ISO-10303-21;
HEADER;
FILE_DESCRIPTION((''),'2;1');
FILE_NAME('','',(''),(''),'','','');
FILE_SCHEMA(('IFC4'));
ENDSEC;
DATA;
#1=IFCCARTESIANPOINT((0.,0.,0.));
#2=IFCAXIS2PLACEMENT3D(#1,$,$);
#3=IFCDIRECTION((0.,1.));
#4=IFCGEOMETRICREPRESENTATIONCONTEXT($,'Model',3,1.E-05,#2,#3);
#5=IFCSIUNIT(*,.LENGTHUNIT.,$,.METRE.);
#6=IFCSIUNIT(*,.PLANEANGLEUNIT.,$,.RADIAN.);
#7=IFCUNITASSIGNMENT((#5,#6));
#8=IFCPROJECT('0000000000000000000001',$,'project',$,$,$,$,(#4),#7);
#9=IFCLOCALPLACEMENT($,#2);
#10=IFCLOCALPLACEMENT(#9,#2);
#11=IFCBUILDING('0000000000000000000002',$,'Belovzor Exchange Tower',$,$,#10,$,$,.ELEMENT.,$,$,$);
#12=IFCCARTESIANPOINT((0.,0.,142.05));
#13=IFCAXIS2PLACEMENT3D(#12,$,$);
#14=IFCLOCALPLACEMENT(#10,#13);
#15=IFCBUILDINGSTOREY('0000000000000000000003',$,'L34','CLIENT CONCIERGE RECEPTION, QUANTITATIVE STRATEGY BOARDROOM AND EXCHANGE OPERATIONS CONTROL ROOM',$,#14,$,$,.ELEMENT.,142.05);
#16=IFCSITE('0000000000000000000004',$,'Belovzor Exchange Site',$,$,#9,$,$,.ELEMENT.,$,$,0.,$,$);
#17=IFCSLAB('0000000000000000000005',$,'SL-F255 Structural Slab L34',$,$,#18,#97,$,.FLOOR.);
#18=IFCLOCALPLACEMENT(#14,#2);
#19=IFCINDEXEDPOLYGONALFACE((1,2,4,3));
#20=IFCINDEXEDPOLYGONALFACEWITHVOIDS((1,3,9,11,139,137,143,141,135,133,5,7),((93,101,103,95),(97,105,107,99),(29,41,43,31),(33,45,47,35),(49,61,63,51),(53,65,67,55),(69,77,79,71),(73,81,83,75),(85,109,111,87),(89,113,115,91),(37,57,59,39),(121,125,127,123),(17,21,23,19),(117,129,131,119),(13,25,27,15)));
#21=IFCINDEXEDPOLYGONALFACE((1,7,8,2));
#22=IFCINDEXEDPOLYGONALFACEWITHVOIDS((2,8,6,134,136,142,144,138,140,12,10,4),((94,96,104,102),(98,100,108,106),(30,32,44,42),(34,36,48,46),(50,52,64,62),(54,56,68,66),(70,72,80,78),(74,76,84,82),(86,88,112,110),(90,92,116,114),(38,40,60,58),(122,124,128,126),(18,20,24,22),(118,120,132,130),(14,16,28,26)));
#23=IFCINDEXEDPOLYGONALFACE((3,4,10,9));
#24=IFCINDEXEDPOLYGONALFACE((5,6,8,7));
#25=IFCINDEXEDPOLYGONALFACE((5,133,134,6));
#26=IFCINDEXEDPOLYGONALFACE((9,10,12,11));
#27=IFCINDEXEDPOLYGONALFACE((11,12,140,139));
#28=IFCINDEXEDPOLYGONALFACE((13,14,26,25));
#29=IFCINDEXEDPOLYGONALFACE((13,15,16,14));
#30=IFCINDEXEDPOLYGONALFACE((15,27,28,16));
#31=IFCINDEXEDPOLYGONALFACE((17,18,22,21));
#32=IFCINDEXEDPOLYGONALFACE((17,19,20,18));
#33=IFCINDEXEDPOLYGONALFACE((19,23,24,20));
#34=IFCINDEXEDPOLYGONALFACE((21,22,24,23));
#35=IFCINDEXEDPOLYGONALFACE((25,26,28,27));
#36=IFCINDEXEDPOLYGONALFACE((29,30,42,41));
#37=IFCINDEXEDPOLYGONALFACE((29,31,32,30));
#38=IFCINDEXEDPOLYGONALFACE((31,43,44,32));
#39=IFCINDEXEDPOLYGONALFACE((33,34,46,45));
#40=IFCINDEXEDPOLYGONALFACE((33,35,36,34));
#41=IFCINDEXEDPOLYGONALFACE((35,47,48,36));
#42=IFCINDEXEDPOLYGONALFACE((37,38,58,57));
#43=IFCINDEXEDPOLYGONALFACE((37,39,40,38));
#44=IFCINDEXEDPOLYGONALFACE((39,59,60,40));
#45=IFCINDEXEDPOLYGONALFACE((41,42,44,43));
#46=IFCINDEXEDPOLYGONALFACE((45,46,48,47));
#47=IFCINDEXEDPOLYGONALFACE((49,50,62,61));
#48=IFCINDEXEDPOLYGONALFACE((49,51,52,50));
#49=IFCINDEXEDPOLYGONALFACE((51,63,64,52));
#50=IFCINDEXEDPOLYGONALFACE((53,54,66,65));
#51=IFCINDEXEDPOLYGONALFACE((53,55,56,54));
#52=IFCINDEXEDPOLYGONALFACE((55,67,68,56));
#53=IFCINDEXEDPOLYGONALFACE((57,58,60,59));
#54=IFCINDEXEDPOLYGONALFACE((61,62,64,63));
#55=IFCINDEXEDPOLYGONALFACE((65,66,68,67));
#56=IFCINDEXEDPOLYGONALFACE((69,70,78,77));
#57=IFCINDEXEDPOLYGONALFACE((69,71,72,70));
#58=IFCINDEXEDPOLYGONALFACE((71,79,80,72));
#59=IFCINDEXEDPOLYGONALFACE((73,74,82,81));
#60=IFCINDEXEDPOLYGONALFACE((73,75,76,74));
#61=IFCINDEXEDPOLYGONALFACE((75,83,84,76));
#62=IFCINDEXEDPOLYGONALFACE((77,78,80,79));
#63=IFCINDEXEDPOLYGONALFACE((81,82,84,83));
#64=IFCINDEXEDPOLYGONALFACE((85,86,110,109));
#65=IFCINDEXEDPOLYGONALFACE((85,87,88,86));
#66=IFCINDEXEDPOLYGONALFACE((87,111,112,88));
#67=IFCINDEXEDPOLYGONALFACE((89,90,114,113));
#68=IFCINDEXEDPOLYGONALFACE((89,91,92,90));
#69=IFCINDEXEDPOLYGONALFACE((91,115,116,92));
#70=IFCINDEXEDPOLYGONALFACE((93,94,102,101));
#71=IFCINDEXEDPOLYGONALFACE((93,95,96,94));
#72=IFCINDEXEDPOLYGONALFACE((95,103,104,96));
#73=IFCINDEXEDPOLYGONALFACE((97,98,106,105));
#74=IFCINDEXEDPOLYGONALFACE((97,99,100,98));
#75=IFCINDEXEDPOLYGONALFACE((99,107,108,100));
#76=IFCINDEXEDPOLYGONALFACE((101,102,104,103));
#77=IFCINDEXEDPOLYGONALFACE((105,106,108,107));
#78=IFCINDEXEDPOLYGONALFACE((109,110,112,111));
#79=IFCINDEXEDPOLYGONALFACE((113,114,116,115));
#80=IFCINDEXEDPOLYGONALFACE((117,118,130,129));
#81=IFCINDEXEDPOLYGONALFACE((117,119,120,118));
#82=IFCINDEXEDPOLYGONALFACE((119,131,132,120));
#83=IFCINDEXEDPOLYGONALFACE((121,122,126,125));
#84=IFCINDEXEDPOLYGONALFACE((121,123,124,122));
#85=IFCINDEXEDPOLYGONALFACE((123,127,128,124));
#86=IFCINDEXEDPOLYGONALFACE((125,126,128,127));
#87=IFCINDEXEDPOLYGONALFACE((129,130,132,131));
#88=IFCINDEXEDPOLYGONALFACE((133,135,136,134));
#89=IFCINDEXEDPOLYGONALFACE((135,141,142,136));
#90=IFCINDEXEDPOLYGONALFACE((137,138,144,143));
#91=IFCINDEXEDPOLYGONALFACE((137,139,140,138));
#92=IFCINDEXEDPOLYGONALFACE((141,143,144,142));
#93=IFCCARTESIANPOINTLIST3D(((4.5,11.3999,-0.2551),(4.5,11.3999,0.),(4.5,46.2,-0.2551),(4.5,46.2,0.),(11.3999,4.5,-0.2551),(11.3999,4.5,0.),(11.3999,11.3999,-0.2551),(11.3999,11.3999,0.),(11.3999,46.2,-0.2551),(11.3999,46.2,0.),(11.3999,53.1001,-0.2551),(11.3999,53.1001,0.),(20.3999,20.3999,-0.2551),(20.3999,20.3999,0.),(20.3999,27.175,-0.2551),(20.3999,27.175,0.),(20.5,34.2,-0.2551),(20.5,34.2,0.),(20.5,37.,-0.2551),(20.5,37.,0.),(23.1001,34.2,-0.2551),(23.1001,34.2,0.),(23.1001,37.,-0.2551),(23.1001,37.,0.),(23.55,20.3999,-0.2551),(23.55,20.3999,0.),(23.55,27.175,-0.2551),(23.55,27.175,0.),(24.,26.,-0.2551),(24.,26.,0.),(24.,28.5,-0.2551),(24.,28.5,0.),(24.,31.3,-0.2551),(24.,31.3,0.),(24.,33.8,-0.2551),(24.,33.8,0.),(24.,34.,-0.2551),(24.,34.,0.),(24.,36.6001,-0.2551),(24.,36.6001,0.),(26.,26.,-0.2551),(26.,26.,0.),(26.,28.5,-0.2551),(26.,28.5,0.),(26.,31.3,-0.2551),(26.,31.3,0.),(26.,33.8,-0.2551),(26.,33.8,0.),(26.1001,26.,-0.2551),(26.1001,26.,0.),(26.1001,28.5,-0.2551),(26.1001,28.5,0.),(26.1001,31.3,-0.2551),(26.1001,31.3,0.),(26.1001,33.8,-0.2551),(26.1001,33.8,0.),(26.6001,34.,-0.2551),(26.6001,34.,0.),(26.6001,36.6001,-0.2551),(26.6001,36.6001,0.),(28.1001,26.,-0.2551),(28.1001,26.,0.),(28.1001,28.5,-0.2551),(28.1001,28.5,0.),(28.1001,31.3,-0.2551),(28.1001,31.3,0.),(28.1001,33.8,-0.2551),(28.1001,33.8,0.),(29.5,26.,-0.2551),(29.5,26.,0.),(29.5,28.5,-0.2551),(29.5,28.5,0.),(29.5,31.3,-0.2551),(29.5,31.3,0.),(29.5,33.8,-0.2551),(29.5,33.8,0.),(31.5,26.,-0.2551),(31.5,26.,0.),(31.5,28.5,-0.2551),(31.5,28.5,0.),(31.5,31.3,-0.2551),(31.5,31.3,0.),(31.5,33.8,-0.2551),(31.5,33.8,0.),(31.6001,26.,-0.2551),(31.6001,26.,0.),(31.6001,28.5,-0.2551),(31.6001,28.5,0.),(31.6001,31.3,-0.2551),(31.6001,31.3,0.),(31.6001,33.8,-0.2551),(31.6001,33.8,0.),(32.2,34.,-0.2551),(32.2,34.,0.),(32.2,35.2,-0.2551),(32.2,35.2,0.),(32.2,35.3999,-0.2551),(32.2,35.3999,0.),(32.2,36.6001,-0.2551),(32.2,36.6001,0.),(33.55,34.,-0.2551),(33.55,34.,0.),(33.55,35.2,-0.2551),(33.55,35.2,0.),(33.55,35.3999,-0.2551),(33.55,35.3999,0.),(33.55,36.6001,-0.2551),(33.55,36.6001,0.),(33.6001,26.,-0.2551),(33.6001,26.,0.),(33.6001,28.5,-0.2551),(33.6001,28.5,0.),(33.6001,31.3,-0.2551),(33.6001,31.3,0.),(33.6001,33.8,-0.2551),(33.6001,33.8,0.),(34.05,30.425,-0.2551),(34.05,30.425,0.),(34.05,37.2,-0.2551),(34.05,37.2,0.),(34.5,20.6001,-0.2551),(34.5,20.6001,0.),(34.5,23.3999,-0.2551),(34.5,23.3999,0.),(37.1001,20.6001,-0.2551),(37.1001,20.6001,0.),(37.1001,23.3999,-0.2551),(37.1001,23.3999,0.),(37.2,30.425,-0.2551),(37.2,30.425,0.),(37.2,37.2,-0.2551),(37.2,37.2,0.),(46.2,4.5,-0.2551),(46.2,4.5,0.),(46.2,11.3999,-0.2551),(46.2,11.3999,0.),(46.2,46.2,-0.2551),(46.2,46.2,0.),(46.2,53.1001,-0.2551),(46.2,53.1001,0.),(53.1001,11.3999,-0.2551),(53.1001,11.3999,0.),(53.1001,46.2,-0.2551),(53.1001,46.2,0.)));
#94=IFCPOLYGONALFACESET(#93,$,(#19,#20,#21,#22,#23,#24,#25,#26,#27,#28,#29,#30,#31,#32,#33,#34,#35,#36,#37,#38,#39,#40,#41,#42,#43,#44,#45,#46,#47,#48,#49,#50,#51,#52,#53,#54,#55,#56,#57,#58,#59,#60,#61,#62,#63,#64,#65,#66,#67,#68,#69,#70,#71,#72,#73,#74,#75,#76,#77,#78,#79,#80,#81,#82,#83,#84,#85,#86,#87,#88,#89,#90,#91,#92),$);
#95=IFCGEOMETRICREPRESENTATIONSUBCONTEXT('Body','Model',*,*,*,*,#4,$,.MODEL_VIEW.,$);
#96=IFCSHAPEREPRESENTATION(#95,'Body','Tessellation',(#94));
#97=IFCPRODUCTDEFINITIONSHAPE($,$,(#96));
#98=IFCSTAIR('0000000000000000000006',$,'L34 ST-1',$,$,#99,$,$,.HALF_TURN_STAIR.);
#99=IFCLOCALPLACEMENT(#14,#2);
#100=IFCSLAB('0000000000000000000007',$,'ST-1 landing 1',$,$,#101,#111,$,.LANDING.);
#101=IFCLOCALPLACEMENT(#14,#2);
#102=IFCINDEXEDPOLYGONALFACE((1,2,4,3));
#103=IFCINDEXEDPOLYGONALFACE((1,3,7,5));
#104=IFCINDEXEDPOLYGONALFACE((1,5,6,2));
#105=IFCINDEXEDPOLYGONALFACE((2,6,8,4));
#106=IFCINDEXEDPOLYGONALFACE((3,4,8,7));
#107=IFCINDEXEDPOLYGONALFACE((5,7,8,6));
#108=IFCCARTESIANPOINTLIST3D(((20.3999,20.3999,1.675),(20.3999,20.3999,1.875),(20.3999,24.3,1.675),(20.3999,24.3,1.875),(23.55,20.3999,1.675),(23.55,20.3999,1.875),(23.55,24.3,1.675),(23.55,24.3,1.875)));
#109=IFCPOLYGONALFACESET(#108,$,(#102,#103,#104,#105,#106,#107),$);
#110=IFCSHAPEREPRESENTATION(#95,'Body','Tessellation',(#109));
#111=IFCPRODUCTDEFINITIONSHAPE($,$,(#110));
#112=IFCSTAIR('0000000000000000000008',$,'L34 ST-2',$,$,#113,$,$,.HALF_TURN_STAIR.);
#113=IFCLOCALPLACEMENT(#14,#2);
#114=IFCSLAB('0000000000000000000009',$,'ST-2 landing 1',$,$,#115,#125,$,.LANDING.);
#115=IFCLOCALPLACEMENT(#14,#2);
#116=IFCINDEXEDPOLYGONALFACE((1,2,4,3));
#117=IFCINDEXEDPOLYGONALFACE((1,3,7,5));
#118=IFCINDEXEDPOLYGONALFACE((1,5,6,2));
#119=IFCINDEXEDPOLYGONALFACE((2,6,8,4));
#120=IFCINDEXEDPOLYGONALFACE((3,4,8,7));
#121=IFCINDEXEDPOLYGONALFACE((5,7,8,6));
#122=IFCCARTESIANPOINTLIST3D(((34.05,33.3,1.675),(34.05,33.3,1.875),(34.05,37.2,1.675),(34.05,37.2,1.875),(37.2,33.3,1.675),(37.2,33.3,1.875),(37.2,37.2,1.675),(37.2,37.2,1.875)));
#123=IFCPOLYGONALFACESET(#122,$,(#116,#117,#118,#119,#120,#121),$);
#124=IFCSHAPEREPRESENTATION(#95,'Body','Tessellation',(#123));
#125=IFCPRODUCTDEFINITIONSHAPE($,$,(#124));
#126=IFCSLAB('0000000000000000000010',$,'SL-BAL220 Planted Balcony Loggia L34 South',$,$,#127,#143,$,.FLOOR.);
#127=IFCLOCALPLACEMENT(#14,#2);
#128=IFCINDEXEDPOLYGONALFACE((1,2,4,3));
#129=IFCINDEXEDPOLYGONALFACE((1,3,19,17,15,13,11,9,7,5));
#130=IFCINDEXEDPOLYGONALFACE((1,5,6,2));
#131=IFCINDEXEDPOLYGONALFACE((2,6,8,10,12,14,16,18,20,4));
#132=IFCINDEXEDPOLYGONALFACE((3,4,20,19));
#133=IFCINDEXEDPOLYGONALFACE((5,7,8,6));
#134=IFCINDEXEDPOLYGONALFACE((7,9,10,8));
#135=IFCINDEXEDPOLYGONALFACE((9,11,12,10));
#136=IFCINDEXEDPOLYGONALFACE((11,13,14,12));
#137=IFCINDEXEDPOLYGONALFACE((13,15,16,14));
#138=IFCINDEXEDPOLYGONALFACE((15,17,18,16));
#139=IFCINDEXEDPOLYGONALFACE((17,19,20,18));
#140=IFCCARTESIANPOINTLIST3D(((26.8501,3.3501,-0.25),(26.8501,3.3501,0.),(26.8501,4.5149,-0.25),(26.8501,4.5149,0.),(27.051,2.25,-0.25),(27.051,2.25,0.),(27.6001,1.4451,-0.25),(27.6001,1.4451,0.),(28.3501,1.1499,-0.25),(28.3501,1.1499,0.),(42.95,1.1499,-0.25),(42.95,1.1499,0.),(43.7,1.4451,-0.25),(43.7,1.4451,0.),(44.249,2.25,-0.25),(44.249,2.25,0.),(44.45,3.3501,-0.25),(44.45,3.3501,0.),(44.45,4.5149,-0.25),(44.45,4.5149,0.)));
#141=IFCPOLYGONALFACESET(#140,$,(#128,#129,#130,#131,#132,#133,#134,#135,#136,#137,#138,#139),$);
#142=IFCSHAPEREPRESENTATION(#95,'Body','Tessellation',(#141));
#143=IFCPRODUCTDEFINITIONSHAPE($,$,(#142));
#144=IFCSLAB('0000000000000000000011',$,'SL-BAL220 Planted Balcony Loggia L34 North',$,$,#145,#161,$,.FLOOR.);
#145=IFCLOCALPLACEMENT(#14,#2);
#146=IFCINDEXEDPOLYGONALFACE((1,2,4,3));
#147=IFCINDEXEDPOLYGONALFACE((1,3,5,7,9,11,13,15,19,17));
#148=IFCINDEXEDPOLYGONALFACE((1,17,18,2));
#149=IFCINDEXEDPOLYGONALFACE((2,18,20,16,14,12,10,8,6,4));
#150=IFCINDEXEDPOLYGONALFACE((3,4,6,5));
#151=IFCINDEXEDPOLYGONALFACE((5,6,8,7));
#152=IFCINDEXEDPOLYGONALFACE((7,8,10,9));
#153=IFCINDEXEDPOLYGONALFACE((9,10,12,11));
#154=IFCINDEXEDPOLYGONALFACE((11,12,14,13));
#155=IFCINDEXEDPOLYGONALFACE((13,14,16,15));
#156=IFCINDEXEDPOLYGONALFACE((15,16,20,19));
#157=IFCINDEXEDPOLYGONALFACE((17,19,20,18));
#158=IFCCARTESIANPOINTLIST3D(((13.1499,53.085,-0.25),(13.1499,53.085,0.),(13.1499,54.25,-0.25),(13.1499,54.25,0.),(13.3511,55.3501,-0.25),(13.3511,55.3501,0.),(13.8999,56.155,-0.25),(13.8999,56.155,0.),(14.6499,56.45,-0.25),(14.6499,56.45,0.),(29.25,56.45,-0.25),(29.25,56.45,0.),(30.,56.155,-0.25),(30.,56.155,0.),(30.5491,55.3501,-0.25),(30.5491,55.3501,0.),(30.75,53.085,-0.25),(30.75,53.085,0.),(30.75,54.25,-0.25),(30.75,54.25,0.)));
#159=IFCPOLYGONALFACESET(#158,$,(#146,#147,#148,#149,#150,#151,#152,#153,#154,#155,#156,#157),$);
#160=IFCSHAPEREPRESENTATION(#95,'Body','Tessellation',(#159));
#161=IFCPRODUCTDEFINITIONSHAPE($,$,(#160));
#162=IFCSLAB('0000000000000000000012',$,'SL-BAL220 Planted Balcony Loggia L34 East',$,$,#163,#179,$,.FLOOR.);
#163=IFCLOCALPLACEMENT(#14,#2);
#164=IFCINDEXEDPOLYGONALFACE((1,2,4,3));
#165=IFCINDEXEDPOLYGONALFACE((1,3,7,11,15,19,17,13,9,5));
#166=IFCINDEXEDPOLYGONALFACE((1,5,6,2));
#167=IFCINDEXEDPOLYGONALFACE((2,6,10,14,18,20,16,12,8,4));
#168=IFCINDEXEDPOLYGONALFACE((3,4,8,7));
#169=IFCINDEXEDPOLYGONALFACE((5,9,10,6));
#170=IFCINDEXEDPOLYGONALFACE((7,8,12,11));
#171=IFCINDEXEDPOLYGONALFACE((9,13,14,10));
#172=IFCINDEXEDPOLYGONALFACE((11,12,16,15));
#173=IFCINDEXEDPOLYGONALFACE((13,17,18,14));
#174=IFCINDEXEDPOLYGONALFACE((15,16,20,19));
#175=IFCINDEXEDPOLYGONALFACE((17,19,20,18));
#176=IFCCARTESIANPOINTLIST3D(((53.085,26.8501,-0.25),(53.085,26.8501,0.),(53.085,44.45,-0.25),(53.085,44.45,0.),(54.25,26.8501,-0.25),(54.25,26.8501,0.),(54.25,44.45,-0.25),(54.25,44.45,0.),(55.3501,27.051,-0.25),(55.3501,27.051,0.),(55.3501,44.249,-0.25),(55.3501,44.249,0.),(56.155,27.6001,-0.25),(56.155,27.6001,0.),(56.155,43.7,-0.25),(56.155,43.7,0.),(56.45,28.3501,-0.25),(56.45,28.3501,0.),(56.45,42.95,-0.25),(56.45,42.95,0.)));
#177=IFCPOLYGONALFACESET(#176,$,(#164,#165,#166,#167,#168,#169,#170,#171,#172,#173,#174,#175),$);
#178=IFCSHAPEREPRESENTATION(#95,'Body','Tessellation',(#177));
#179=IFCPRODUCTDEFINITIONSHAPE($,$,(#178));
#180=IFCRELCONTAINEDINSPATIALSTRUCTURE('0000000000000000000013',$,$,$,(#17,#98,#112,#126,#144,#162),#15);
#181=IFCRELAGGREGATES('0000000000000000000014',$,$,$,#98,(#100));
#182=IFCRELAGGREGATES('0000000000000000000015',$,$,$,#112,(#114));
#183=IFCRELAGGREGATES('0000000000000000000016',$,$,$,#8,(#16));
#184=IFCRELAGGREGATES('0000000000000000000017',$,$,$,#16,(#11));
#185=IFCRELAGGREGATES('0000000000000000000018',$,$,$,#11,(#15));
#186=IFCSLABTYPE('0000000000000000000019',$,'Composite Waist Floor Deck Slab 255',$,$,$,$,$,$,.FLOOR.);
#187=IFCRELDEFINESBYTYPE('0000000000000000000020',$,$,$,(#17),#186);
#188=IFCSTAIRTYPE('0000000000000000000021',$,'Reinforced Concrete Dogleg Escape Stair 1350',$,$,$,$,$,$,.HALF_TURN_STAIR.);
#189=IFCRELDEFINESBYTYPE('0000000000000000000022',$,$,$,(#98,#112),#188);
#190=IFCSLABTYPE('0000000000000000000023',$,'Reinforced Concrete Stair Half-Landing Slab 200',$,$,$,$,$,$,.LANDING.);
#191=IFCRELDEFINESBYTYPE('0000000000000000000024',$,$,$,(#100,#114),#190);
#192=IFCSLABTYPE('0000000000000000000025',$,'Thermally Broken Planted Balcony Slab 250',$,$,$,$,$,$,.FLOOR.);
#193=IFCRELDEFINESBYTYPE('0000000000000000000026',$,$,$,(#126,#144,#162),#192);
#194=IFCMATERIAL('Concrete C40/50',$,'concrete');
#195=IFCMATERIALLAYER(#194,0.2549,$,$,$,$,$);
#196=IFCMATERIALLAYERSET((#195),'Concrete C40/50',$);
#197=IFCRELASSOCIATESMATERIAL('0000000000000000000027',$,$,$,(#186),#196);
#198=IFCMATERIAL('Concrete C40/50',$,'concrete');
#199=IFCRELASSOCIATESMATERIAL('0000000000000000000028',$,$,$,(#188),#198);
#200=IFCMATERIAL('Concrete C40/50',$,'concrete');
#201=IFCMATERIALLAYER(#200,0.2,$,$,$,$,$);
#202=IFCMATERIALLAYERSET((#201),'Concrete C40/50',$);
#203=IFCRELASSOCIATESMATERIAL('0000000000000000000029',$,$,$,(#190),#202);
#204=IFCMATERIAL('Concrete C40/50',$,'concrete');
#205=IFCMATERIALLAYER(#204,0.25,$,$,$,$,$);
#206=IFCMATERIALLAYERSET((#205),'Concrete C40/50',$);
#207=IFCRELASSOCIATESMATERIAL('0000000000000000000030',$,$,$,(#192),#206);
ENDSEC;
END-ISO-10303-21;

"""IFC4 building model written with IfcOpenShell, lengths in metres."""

from ifc_helpers import new_model, si_unit, direction, frame, origin, place, context, subcontext, project, spatial, polyline, outline, extrude, material, layer, layer_set, type_object, element, aggregate, save


model = new_model("IFC4")

# Units and contexts
model_context = context("Model", 3, precision=1e-05, world=origin(), true_north=direction((0.0, 1.0)))
body_context = subcontext(model_context, "Body", "Model", "MODEL_VIEW")
ifc_project = project(units=[si_unit("LENGTHUNIT", "METRE"), si_unit("PLANEANGLEUNIT", "RADIAN")], contexts=[model_context])

# Site, building, storey
site_placement = place(None, origin())
site = spatial("IfcSite", under=ifc_project, at=site_placement, Name="Belovzor Exchange Site", CompositionType="ELEMENT", RefElevation=0.0)
building_placement = place(site_placement, origin())
building = spatial("IfcBuilding", under=site, at=building_placement, Name="Belovzor Exchange Tower", CompositionType="ELEMENT")
storey_placement = place(building_placement, frame((0.0, 0.0, 142.05)))
storey = spatial("IfcBuildingStorey", under=building, at=storey_placement, Name="L34", Description="CLIENT CONCIERGE RECEPTION, QUANTITATIVE STRATEGY BOARDROOM AND EXCHANGE OPERATIONS CONTROL ROOM", CompositionType="ELEMENT", Elevation=142.05)

# Slab
ifc_material_1 = material(Name="Concrete C40/50", Category="concrete")
ifc_layer_1 = layer(ifc_material_1, 0.2549)
ifc_layer_set_1 = layer_set([ifc_layer_1], Name="Concrete C40/50")
slab_type_1 = type_object("IfcSlabType", Name="Composite Waist Floor Deck Slab 255", PredefinedType="FLOOR", material=ifc_layer_set_1)
slab_1_placement = place(storey_placement, frame((0.0, 0.0, -0.2551)))
element("IfcSlab", 1, at=slab_1_placement, inside=storey, type_object=slab_type_1, Name="SL-F255 Structural Slab L34", PredefinedType="FLOOR", context=body_context, shape_type="SweptSolid", body=[
    extrude(outline(polyline([(11.3999, 4.5), (46.2, 4.5), (46.2, 11.3999), (53.1001, 11.3999), (53.1001, 46.2), (46.2, 46.2), (46.2, 53.1001), (11.3999, 53.1001), (11.3999, 46.2), (4.5, 46.2), (4.5, 11.3999), (11.3999, 11.3999), (11.3999, 4.5)]), holes=[polyline([(20.3999, 27.175), (20.3999, 20.3999), (23.55, 20.3999), (23.55, 27.175), (20.3999, 27.175)]), polyline([(37.2, 30.425), (37.2, 37.2), (34.05, 37.2), (34.05, 30.425), (37.2, 30.425)]), polyline([(20.5, 34.2), (23.1001, 34.2), (23.1001, 37.0), (20.5, 37.0), (20.5, 34.2)]), polyline([(34.5, 20.6001), (37.1001, 20.6001), (37.1001, 23.3999), (34.5, 23.3999), (34.5, 20.6001)]), polyline([(24.0, 34.0), (26.6001, 34.0), (26.6001, 36.6001), (24.0, 36.6001), (24.0, 34.0)]), polyline([(24.0, 26.0), (26.0, 26.0), (26.0, 28.5), (24.0, 28.5), (24.0, 26.0)]), polyline([(26.1001, 26.0), (28.1001, 26.0), (28.1001, 28.5), (26.1001, 28.5), (26.1001, 26.0)]), polyline([(29.5, 26.0), (31.5, 26.0), (31.5, 28.5), (29.5, 28.5), (29.5, 26.0)]), polyline([(31.6001, 26.0), (33.6001, 26.0), (33.6001, 28.5), (31.6001, 28.5), (31.6001, 26.0)]), polyline([(24.0, 31.3), (26.0, 31.3), (26.0, 33.8), (24.0, 33.8), (24.0, 31.3)]), polyline([(26.1001, 31.3), (28.1001, 31.3), (28.1001, 33.8), (26.1001, 33.8), (26.1001, 31.3)]), polyline([(29.5, 31.3), (31.5, 31.3), (31.5, 33.8), (29.5, 33.8), (29.5, 31.3)]), polyline([(31.6001, 31.3), (33.6001, 31.3), (33.6001, 33.8), (31.6001, 33.8), (31.6001, 31.3)]), polyline([(32.2, 34.0), (33.55, 34.0), (33.55, 35.2), (32.2, 35.2), (32.2, 34.0)]), polyline([(32.2, 35.3999), (33.55, 35.3999), (33.55, 36.6001), (32.2, 36.6001), (32.2, 35.3999)])]), origin(), (0.0, 0.0, 1.0), 0.2551),
])

# Stairs, slabs
ifc_material_2 = material(Name="Concrete C40/50", Category="concrete")
stair_type = type_object("IfcStairType", Name="Reinforced Concrete Dogleg Escape Stair 1350", PredefinedType="HALF_TURN_STAIR", material=ifc_material_2)
stair_1_placement = place(storey_placement, origin())
stair_1 = element("IfcStair", 2, at=stair_1_placement, inside=storey, type_object=stair_type, Name="L34 ST-1", PredefinedType="HALF_TURN_STAIR")
ifc_material_3 = material(Name="Concrete C40/50", Category="concrete")
ifc_layer_2 = layer(ifc_material_3, 0.2)
ifc_layer_set_2 = layer_set([ifc_layer_2], Name="Concrete C40/50")
slab_type_2 = type_object("IfcSlabType", Name="Reinforced Concrete Stair Half-Landing Slab 200", PredefinedType="LANDING", material=ifc_layer_set_2)
slab_2_placement = place(storey_placement, frame((0.0, 0.0, 1.675)))
slab_2 = element("IfcSlab", 3, at=slab_2_placement, type_object=slab_type_2, Name="ST-1 landing 1", PredefinedType="LANDING", context=body_context, shape_type="SweptSolid", body=[
    extrude(outline(polyline([(20.3999, 24.3), (20.3999, 20.3999), (23.55, 20.3999), (23.55, 24.3), (20.3999, 24.3)])), origin(), (0.0, 0.0, 1.0), 0.2),
])
aggregate(stair_1, [slab_2])
stair_2_placement = place(storey_placement, origin())
stair_2 = element("IfcStair", 4, at=stair_2_placement, inside=storey, type_object=stair_type, Name="L34 ST-2", PredefinedType="HALF_TURN_STAIR")
slab_3_placement = place(storey_placement, frame((0.0, 0.0, 1.675)))
slab_3 = element("IfcSlab", 5, at=slab_3_placement, type_object=slab_type_2, Name="ST-2 landing 1", PredefinedType="LANDING", context=body_context, shape_type="SweptSolid", body=[
    extrude(outline(polyline([(37.2, 33.3), (37.2, 37.2), (34.05, 37.2), (34.05, 33.3), (37.2, 33.3)])), origin(), (0.0, 0.0, 1.0), 0.2),
])
aggregate(stair_2, [slab_3])

# Slabs
ifc_material_4 = material(Name="Concrete C40/50", Category="concrete")
ifc_layer_3 = layer(ifc_material_4, 0.25)
ifc_layer_set_3 = layer_set([ifc_layer_3], Name="Concrete C40/50")
slab_type_3 = type_object("IfcSlabType", Name="Thermally Broken Planted Balcony Slab 250", PredefinedType="FLOOR", material=ifc_layer_set_3)
slab_4_placement = place(storey_placement, frame((0.0, 0.0, -0.25)))
element("IfcSlab", 6, at=slab_4_placement, inside=storey, type_object=slab_type_3, Name="SL-BAL220 Planted Balcony Loggia L34 South", PredefinedType="FLOOR", context=body_context, shape_type="SweptSolid", body=[
    extrude(outline(polyline([(26.8501, 4.5149), (26.8501, 3.3501), (27.051, 2.25), (27.6001, 1.4451), (28.3501, 1.1499), (42.95, 1.1499), (43.7, 1.4451), (44.249, 2.25), (44.45, 3.3501), (44.45, 4.5149), (26.8501, 4.5149)])), origin(), (0.0, 0.0, 1.0), 0.25),
])
slab_5_placement = place(storey_placement, frame((0.0, 0.0, -0.25)))
element("IfcSlab", 7, at=slab_5_placement, inside=storey, type_object=slab_type_3, Name="SL-BAL220 Planted Balcony Loggia L34 North", PredefinedType="FLOOR", context=body_context, shape_type="SweptSolid", body=[
    extrude(outline(polyline([(30.75, 53.085), (30.75, 54.25), (30.5491, 55.3501), (30.0, 56.155), (29.25, 56.45), (14.6499, 56.45), (13.8999, 56.155), (13.3511, 55.3501), (13.1499, 54.25), (13.1499, 53.085), (30.75, 53.085)])), origin(), (0.0, 0.0, 1.0), 0.25),
])
slab_6_placement = place(storey_placement, frame((0.0, 0.0, -0.25)))
element("IfcSlab", 8, at=slab_6_placement, inside=storey, type_object=slab_type_3, Name="SL-BAL220 Planted Balcony Loggia L34 East", PredefinedType="FLOOR", context=body_context, shape_type="SweptSolid", body=[
    extrude(outline(polyline([(53.085, 26.8501), (54.25, 26.8501), (55.3501, 27.051), (56.155, 27.6001), (56.45, 28.3501), (56.45, 42.95), (56.155, 43.7), (55.3501, 44.249), (54.25, 44.45), (53.085, 44.45), (53.085, 26.8501)])), origin(), (0.0, 0.0, 1.0), 0.25),
])

save(model, "model.ifc")
